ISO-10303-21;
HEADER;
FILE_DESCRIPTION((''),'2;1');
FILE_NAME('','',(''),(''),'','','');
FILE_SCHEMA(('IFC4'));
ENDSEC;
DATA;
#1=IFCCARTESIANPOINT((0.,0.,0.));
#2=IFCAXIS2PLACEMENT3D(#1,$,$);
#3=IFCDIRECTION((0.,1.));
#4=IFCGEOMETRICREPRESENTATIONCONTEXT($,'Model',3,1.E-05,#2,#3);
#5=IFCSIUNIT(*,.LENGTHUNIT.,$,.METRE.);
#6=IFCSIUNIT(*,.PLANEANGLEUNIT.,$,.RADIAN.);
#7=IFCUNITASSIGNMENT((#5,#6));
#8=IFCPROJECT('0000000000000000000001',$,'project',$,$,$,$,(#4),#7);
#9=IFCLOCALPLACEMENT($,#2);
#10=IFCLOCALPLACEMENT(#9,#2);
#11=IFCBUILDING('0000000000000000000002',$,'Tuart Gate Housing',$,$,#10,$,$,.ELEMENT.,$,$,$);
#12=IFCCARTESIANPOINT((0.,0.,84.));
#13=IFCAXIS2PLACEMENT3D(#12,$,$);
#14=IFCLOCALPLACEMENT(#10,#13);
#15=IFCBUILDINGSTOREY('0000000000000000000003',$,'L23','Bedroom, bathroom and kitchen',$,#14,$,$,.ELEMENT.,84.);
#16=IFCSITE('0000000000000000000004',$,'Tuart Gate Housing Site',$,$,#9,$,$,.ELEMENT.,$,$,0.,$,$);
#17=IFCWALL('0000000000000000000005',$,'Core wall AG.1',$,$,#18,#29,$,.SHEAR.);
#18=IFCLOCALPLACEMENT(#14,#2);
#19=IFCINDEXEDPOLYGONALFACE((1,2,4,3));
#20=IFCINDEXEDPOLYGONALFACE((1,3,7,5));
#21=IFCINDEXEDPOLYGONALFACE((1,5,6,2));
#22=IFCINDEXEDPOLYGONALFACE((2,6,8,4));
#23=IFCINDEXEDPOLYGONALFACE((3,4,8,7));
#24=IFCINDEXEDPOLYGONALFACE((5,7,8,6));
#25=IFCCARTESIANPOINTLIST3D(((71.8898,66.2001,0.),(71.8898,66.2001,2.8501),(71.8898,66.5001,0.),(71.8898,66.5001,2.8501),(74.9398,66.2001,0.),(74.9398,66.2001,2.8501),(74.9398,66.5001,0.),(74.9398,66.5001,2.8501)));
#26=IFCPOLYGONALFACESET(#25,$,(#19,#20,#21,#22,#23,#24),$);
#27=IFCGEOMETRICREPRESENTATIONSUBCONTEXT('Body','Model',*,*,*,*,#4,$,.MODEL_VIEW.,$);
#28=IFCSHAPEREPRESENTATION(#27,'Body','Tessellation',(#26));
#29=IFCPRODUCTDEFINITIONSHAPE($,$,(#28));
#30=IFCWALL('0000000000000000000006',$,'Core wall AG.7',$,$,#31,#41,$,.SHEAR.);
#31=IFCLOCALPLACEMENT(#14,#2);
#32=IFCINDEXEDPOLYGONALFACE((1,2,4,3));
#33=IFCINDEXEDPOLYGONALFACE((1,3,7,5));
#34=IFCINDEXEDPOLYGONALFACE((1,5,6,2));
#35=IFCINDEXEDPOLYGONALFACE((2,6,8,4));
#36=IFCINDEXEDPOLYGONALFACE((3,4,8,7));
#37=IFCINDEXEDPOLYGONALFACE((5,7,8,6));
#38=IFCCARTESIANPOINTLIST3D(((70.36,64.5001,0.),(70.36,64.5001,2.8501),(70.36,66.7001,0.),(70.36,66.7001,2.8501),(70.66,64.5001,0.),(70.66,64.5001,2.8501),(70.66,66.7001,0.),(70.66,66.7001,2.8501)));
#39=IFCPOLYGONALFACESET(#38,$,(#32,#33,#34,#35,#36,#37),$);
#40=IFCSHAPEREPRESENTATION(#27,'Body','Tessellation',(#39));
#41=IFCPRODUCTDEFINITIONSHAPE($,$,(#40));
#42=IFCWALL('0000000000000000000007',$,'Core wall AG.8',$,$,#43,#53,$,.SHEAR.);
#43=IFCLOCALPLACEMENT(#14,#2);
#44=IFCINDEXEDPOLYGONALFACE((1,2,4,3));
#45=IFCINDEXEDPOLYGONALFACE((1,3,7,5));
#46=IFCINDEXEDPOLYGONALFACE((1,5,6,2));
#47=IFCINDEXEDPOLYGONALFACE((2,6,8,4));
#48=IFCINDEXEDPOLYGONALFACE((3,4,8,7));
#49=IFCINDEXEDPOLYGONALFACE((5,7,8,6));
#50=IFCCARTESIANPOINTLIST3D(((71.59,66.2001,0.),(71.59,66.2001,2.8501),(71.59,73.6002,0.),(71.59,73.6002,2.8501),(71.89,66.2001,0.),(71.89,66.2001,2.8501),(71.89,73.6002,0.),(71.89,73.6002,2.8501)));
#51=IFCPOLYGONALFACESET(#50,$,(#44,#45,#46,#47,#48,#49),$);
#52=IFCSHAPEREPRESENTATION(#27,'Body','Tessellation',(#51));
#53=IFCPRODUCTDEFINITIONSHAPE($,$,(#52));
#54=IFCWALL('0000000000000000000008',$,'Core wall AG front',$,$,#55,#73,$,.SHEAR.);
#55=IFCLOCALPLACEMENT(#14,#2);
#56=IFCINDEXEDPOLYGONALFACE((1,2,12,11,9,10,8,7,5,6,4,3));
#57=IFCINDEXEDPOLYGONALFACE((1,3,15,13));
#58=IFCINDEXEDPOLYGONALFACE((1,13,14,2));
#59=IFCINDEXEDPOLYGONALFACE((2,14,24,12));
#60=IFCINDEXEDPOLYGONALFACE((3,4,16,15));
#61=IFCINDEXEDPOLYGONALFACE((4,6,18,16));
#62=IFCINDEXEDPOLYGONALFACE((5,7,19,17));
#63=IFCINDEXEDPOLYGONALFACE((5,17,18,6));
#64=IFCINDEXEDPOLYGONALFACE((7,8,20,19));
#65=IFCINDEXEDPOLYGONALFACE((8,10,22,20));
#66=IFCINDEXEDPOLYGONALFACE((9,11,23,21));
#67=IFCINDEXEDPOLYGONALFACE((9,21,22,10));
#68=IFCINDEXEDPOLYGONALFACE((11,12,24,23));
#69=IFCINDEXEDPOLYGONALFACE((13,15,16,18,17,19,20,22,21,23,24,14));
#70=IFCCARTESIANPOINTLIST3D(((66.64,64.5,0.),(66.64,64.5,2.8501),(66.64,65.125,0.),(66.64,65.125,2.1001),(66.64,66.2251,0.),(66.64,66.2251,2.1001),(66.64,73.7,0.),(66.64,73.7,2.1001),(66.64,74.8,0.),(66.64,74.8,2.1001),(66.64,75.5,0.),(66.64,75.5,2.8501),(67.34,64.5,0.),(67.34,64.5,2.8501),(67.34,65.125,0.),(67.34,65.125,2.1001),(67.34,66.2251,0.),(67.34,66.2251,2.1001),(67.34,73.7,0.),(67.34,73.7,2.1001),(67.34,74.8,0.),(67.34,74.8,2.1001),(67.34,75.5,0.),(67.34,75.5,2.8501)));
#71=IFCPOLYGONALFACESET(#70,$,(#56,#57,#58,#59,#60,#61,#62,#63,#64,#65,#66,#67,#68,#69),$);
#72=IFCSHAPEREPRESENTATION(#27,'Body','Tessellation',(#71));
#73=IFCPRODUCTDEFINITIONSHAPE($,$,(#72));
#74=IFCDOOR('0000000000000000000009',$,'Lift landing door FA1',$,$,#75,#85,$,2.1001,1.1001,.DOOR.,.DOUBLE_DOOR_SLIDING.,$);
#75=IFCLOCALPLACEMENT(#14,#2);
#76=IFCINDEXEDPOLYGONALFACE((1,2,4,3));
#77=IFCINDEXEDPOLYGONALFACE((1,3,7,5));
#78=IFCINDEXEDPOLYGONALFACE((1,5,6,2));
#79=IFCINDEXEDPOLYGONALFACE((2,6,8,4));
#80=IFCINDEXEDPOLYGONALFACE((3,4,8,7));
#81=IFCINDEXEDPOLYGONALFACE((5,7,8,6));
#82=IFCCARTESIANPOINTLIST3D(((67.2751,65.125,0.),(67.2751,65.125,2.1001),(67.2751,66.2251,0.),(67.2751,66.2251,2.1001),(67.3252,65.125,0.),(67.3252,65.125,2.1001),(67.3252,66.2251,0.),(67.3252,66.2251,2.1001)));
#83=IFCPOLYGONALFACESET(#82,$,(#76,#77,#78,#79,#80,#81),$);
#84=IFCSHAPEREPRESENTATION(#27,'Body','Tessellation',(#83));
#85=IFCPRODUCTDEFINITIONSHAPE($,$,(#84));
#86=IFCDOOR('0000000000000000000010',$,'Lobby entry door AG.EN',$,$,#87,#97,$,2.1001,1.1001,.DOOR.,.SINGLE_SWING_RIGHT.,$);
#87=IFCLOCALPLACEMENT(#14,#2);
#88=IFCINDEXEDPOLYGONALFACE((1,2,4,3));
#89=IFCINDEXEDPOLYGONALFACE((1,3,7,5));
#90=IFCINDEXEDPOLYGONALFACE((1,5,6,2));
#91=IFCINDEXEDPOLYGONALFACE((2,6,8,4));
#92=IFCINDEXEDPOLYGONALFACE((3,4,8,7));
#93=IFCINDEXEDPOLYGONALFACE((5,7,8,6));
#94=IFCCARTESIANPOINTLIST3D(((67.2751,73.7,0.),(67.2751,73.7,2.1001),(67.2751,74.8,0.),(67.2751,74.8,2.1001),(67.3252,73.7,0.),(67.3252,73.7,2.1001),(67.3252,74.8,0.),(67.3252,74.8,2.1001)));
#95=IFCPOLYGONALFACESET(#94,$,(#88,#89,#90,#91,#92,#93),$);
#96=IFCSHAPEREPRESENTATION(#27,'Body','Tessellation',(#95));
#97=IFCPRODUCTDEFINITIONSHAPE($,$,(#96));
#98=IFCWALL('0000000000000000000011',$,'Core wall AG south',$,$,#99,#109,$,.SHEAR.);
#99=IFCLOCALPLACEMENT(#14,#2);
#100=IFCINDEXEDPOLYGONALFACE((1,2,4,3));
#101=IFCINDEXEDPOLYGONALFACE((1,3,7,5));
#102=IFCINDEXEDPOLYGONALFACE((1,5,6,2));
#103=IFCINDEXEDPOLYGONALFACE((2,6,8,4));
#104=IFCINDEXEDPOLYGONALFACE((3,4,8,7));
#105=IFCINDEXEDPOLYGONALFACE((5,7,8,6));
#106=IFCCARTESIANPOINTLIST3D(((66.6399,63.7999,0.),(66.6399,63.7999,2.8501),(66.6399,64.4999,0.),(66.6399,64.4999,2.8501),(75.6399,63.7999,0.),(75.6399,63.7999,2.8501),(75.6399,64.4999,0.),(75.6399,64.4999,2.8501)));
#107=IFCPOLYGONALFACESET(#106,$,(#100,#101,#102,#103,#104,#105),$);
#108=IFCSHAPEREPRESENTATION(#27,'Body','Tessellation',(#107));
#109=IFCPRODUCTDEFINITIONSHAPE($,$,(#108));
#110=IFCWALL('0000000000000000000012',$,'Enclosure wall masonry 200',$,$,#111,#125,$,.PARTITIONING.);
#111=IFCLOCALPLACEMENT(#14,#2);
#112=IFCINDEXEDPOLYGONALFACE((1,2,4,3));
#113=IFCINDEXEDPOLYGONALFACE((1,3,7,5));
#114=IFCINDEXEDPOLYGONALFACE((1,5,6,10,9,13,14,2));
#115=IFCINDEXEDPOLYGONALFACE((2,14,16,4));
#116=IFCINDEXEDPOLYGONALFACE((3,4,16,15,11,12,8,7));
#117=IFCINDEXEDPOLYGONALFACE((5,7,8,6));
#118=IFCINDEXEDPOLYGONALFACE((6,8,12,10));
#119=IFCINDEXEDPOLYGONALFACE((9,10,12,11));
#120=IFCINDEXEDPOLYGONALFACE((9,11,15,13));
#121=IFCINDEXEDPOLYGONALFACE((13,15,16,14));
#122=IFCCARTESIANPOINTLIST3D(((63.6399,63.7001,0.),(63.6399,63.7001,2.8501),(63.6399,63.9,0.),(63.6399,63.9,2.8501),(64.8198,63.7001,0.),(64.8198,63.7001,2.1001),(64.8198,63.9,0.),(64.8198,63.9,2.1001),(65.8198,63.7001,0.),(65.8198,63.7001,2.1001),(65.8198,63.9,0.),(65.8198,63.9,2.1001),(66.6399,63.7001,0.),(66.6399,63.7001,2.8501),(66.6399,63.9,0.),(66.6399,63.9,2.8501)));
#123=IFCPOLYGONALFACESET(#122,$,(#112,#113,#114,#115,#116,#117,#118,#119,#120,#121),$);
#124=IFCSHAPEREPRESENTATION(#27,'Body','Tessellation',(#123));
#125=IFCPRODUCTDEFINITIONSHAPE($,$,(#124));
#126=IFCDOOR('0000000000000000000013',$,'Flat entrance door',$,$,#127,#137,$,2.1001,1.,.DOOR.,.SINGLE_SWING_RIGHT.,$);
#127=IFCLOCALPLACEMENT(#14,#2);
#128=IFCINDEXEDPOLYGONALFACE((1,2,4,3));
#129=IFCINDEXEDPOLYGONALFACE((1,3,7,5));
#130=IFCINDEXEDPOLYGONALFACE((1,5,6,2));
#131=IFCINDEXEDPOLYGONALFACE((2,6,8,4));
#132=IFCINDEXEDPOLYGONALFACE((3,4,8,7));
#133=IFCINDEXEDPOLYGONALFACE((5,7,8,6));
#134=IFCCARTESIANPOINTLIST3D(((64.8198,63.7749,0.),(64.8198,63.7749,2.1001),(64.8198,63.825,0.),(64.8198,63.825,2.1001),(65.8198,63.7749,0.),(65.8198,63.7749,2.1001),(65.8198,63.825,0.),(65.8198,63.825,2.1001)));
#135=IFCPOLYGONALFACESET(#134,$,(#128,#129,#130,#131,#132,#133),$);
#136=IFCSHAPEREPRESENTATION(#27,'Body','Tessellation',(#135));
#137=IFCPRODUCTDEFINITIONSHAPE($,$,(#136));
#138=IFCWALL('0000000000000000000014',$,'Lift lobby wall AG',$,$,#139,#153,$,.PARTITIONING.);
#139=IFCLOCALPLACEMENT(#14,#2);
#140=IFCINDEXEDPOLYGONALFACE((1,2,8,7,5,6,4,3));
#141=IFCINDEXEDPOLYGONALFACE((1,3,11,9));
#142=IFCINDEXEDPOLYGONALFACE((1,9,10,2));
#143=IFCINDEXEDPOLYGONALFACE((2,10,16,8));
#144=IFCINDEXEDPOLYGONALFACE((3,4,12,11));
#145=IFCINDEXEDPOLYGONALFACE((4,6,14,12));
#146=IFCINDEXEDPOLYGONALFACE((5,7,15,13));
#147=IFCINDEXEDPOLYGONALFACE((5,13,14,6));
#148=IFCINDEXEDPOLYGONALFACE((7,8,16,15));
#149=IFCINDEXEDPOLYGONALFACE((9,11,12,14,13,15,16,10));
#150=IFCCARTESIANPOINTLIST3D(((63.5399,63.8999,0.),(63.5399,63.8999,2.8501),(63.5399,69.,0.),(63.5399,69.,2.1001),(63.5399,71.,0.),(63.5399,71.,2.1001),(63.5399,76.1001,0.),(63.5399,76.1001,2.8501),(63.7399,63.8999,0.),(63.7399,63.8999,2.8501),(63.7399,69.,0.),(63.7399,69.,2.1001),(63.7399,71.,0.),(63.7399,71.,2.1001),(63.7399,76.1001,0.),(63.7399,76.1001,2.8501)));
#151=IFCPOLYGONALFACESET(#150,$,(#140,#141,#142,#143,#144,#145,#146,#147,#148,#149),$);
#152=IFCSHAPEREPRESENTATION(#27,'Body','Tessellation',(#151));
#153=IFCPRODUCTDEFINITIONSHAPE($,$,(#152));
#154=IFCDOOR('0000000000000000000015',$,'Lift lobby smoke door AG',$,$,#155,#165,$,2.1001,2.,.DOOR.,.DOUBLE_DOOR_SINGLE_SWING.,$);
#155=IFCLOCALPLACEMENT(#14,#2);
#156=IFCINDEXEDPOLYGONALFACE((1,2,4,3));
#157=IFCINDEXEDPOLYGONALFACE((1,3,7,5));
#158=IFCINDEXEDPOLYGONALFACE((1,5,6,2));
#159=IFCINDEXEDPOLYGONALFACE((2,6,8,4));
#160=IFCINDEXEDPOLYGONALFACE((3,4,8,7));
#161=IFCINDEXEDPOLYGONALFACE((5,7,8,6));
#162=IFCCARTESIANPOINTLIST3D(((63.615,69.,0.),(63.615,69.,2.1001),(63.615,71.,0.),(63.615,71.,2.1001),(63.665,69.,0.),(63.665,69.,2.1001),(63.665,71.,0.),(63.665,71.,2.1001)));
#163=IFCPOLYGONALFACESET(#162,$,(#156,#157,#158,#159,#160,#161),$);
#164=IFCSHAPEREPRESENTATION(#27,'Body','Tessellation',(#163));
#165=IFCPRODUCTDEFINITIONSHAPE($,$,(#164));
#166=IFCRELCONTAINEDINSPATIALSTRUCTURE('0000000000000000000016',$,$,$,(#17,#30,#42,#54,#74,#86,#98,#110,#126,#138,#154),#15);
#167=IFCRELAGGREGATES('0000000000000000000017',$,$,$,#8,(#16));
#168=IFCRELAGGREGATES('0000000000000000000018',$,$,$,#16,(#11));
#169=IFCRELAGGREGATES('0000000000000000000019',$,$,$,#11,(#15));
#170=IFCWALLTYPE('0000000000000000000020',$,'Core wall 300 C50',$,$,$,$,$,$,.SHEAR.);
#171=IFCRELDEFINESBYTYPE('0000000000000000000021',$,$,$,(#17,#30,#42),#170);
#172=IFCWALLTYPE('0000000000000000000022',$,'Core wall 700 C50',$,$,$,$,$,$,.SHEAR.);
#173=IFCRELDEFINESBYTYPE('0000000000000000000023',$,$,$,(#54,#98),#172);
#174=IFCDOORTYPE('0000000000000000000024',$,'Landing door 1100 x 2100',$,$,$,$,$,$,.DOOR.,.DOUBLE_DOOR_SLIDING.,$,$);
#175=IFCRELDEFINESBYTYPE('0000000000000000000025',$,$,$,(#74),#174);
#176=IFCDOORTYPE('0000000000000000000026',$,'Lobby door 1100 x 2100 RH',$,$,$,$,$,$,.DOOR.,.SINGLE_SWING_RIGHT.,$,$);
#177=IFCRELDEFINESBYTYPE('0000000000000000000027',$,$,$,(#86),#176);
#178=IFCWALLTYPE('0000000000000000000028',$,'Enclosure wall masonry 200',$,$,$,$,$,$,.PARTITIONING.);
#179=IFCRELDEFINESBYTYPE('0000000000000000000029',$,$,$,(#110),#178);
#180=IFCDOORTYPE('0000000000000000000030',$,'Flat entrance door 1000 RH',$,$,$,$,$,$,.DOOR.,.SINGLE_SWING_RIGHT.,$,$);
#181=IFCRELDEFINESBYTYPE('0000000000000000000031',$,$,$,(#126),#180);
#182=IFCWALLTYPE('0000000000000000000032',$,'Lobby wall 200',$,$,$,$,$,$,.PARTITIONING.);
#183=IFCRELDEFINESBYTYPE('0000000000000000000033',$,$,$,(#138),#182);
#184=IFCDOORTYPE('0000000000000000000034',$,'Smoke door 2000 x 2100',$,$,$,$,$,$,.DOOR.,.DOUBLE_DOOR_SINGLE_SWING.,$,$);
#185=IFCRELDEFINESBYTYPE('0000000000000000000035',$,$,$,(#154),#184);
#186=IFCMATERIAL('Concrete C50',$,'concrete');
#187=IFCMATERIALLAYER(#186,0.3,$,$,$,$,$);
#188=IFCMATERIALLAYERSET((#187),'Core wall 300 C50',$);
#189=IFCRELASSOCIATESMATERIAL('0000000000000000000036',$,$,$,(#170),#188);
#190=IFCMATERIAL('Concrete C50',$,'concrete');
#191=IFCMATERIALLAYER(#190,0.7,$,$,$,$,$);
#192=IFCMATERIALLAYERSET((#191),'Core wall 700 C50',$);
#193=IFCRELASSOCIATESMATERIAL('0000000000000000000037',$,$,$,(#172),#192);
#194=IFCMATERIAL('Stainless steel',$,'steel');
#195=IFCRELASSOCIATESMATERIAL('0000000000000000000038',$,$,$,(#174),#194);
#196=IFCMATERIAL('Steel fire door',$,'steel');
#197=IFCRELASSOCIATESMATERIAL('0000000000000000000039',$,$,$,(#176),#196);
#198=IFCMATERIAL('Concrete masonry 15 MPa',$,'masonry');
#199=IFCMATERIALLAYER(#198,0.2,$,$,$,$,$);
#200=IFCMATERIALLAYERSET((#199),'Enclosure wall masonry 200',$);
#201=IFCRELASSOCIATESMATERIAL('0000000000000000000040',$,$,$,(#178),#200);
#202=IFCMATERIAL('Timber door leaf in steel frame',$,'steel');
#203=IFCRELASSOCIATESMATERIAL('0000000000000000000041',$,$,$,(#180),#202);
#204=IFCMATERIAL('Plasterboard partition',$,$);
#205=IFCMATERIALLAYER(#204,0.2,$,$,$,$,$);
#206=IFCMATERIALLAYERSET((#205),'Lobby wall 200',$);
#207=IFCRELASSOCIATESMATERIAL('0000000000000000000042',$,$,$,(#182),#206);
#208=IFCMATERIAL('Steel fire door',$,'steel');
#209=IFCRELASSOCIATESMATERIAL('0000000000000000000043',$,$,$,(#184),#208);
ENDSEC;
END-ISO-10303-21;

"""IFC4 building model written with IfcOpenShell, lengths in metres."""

from ifc_helpers import new_model, si_unit, direction, frame, frame_2d, origin, place, context, subcontext, project, spatial, rectangle, extrude, material, layer, layer_set, type_object, element, fill, save


model = new_model("IFC4")

# Units and contexts
model_context = context("Model", 3, precision=1e-05, world=origin(), true_north=direction((0.0, 1.0)))
body_context = subcontext(model_context, "Body", "Model", "MODEL_VIEW")
ifc_project = project(units=[si_unit("LENGTHUNIT", "METRE"), si_unit("PLANEANGLEUNIT", "RADIAN")], contexts=[model_context])

# Site, building, storey
site_placement = place(None, origin())
site = spatial("IfcSite", under=ifc_project, at=site_placement, Name="Tuart Gate Housing Site", CompositionType="ELEMENT", RefElevation=0.0)
building_placement = place(site_placement, origin())
building = spatial("IfcBuilding", under=site, at=building_placement, Name="Tuart Gate Housing", CompositionType="ELEMENT")
storey_placement = place(building_placement, frame((0.0, 0.0, 84.0)))
storey = spatial("IfcBuildingStorey", under=building, at=storey_placement, Name="L23", Description="Bedroom, bathroom and kitchen", CompositionType="ELEMENT", Elevation=84.0)

# Walls
ifc_material_1 = material(Name="Concrete C50", Category="concrete")
ifc_layer_1 = layer(ifc_material_1, 0.3)
ifc_layer_set_1 = layer_set([ifc_layer_1], Name="Core wall 300 C50")
wall_type_1 = type_object("IfcWallType", Name="Core wall 300 C50", PredefinedType="SHEAR", material=ifc_layer_set_1)
wall_1_placement = place(storey_placement, frame((71.8899, 66.3501, 0.0), z_axis=(0.0, 0.0, 1.0), x_axis=(1.0, 0.0, 0.0)))
element("IfcWall", 1, at=wall_1_placement, inside=storey, type_object=wall_type_1, Name="Core wall AG.1", PredefinedType="SHEAR", context=body_context, shape_type="SweptSolid", body=[
    extrude(rectangle(XDim=3.05, YDim=0.3, at=frame_2d((1.5249, 0.0))), origin(), (0.0, 0.0, 1.0), 2.8501),
])
wall_2_placement = place(storey_placement, frame((70.51, 64.5, 0.0), z_axis=(0.0, 0.0, 1.0), x_axis=(0.0, 1.0, 0.0)))
element("IfcWall", 2, at=wall_2_placement, inside=storey, type_object=wall_type_1, Name="Core wall AG.7", PredefinedType="SHEAR", context=body_context, shape_type="SweptSolid", body=[
    extrude(rectangle(XDim=2.2, YDim=0.3, at=frame_2d((1.1001, 0.0))), origin(), (0.0, 0.0, 1.0), 2.8501),
])
wall_3_placement = place(storey_placement, frame((71.74, 66.2, 0.0), z_axis=(0.0, 0.0, 1.0), x_axis=(0.0, 1.0, 0.0)))
element("IfcWall", 3, at=wall_3_placement, inside=storey, type_object=wall_type_1, Name="Core wall AG.8", PredefinedType="SHEAR", context=body_context, shape_type="SweptSolid", body=[
    extrude(rectangle(XDim=7.4001, YDim=0.3, at=frame_2d((3.7002, 0.0))), origin(), (0.0, 0.0, 1.0), 2.8501),
])

# Wall, openings, doors
ifc_material_2 = material(Name="Concrete C50", Category="concrete")
ifc_layer_2 = layer(ifc_material_2, 0.7)
ifc_layer_set_2 = layer_set([ifc_layer_2], Name="Core wall 700 C50")
wall_type_2 = type_object("IfcWallType", Name="Core wall 700 C50", PredefinedType="SHEAR", material=ifc_layer_set_2)
wall_4_placement = place(storey_placement, frame((66.99, 64.5, 0.0), z_axis=(0.0, 0.0, 1.0), x_axis=(0.0, 1.0, 0.0)))
wall_4 = element("IfcWall", 4, at=wall_4_placement, inside=storey, type_object=wall_type_2, Name="Core wall AG front", PredefinedType="SHEAR", context=body_context, shape_type="SweptSolid", body=[
    extrude(rectangle(XDim=11.0, YDim=0.7, at=frame_2d((5.5, 0.0))), origin(), (0.0, 0.0, 1.0), 2.8501),
])
opening_1_placement = place(wall_4_placement, frame((0.625, 0.0, 0.0)))
opening_1 = element("IfcOpeningElement", 5, at=opening_1_placement, cuts=wall_4, PredefinedType="OPENING", context=body_context, shape_type="SweptSolid", body=[
    extrude(rectangle(XDim=1.1001, YDim=2.1001, at=frame_2d((0.55, 1.05))), frame((0.0, 0.3599, 0.0), z_axis=(0.0, -1.0, 0.0), x_axis=(1.0, 0.0, 0.0)), (0.0, 0.0, 1.0), 0.72),
])
opening_2_placement = place(wall_4_placement, frame((9.2, 0.0, 0.0)))
opening_2 = element("IfcOpeningElement", 6, at=opening_2_placement, cuts=wall_4, PredefinedType="OPENING", context=body_context, shape_type="SweptSolid", body=[
    extrude(rectangle(XDim=1.1001, YDim=2.1001, at=frame_2d((0.55, 1.05))), frame((0.0, 0.3599, 0.0), z_axis=(0.0, -1.0, 0.0), x_axis=(1.0, 0.0, 0.0)), (0.0, 0.0, 1.0), 0.72),
])
ifc_material_3 = material(Name="Stainless steel", Category="steel")
door_type_1 = type_object("IfcDoorType", Name="Landing door 1100 x 2100", OperationType="DOUBLE_DOOR_SLIDING", PredefinedType="DOOR", material=ifc_material_3)
door_1_placement = place(opening_1_placement, origin())
door_1 = element("IfcDoor", 7, at=door_1_placement, inside=storey, type_object=door_type_1, Name="Lift landing door FA1", OperationType="DOUBLE_DOOR_SLIDING", OverallHeight=2.1001, OverallWidth=1.1001, PredefinedType="DOOR", context=body_context, shape_type="SweptSolid", body=[
    extrude(rectangle(XDim=1.1001, YDim=2.1001, at=frame_2d((0.55, 1.05))), frame((0.0, -0.2852, 0.0), z_axis=(0.0, -1.0, 0.0), x_axis=(1.0, 0.0, 0.0)), (0.0, 0.0, 1.0), 0.05),
])
fill(opening_1, door_1)
ifc_material_4 = material(Name="Steel fire door", Category="steel")
door_type_2 = type_object("IfcDoorType", Name="Lobby door 1100 x 2100 RH", OperationType="SINGLE_SWING_RIGHT", PredefinedType="DOOR", material=ifc_material_4)
door_2_placement = place(opening_2_placement, frame((1.1001, 0.0, 0.0), z_axis=(0.0, 0.0, 1.0), x_axis=(-1.0, 0.0, 0.0)))
door_2 = element("IfcDoor", 8, at=door_2_placement, inside=storey, type_object=door_type_2, Name="Lobby entry door AG.EN", OperationType="SINGLE_SWING_RIGHT", OverallHeight=2.1001, OverallWidth=1.1001, PredefinedType="DOOR", context=body_context, shape_type="SweptSolid", body=[
    extrude(rectangle(XDim=1.1001, YDim=2.1001, at=frame_2d((0.55, 1.05))), frame((0.0, 0.3352, 0.0), z_axis=(0.0, -1.0, 0.0), x_axis=(1.0, 0.0, 0.0)), (0.0, 0.0, 1.0), 0.05),
])
fill(opening_2, door_2)

# Wall
wall_5_placement = place(storey_placement, frame((66.6399, 64.1499, 0.0), z_axis=(0.0, 0.0, 1.0), x_axis=(1.0, 0.0, 0.0)))
element("IfcWall", 9, at=wall_5_placement, inside=storey, type_object=wall_type_2, Name="Core wall AG south", PredefinedType="SHEAR", context=body_context, shape_type="SweptSolid", body=[
    extrude(rectangle(XDim=9.0, YDim=0.7, at=frame_2d((4.5, 0.0))), origin(), (0.0, 0.0, 1.0), 2.8501),
])

# Walls, openings, doors
ifc_material_5 = material(Name="Concrete masonry 15 MPa", Category="masonry")
ifc_layer_3 = layer(ifc_material_5, 0.2)
ifc_layer_set_3 = layer_set([ifc_layer_3], Name="Enclosure wall masonry 200")
wall_type_3 = type_object("IfcWallType", Name="Enclosure wall masonry 200", PredefinedType="PARTITIONING", material=ifc_layer_set_3)
wall_6_placement = place(storey_placement, frame((63.6399, 63.8, 0.0), z_axis=(0.0, 0.0, 1.0), x_axis=(1.0, 0.0, 0.0)))
wall_6 = element("IfcWall", 10, at=wall_6_placement, inside=storey, type_object=wall_type_3, Name="Enclosure wall masonry 200", PredefinedType="PARTITIONING", context=body_context, shape_type="SweptSolid", body=[
    extrude(rectangle(XDim=3.0, YDim=0.2, at=frame_2d((1.5, 0.0))), origin(), (0.0, 0.0, 1.0), 2.8501),
])
opening_3_placement = place(wall_6_placement, frame((1.1799, 0.0, 0.0)))
opening_3 = element("IfcOpeningElement", 11, at=opening_3_placement, cuts=wall_6, PredefinedType="OPENING", context=body_context, shape_type="SweptSolid", body=[
    extrude(rectangle(XDim=1.0, YDim=2.1001, at=frame_2d((0.5, 1.05))), frame((0.0, 0.1099, 0.0), z_axis=(0.0, -1.0, 0.0), x_axis=(1.0, 0.0, 0.0)), (0.0, 0.0, 1.0), 0.22),
])
ifc_material_6 = material(Name="Timber door leaf in steel frame", Category="steel")
door_type_3 = type_object("IfcDoorType", Name="Flat entrance door 1000 RH", OperationType="SINGLE_SWING_RIGHT", PredefinedType="DOOR", material=ifc_material_6)
door_3_placement = place(opening_3_placement, frame((1.0, 0.0, 0.0), z_axis=(0.0, 0.0, 1.0), x_axis=(-1.0, 0.0, 0.0)))
door_3 = element("IfcDoor", 12, at=door_3_placement, inside=storey, type_object=door_type_3, Name="Flat entrance door", OperationType="SINGLE_SWING_RIGHT", OverallHeight=2.1001, OverallWidth=1.0, PredefinedType="DOOR", context=body_context, shape_type="SweptSolid", body=[
    extrude(rectangle(XDim=1.0, YDim=2.1001, at=frame_2d((0.5, 1.05))), frame((0.0, 0.0251, 0.0), z_axis=(0.0, -1.0, 0.0), x_axis=(1.0, 0.0, 0.0)), (0.0, 0.0, 1.0), 0.05),
])
fill(opening_3, door_3)
ifc_material_7 = material(Name="Plasterboard partition")
ifc_layer_4 = layer(ifc_material_7, 0.2)
ifc_layer_set_4 = layer_set([ifc_layer_4], Name="Lobby wall 200")
wall_type_4 = type_object("IfcWallType", Name="Lobby wall 200", PredefinedType="PARTITIONING", material=ifc_layer_set_4)
wall_7_placement = place(storey_placement, frame((63.6399, 63.8999, 0.0), z_axis=(0.0, 0.0, 1.0), x_axis=(0.0, 1.0, 0.0)))
wall_7 = element("IfcWall", 13, at=wall_7_placement, inside=storey, type_object=wall_type_4, Name="Lift lobby wall AG", PredefinedType="PARTITIONING", context=body_context, shape_type="SweptSolid", body=[
    extrude(rectangle(XDim=12.2002, YDim=0.2, at=frame_2d((6.1001, 0.0))), origin(), (0.0, 0.0, 1.0), 2.8501),
])
opening_4_placement = place(wall_7_placement, frame((5.1001, 0.0, 0.0)))
opening_4 = element("IfcOpeningElement", 14, at=opening_4_placement, cuts=wall_7, PredefinedType="OPENING", context=body_context, shape_type="SweptSolid", body=[
    extrude(rectangle(XDim=2.0, YDim=2.1001, at=frame_2d((1.0, 1.05))), frame((0.0, 0.1099, 0.0), z_axis=(0.0, -1.0, 0.0), x_axis=(1.0, 0.0, 0.0)), (0.0, 0.0, 1.0), 0.22),
])
ifc_material_8 = material(Name="Steel fire door", Category="steel")
door_type_4 = type_object("IfcDoorType", Name="Smoke door 2000 x 2100", OperationType="DOUBLE_DOOR_SINGLE_SWING", PredefinedType="DOOR", material=ifc_material_8)
door_4_placement = place(opening_4_placement, frame((2.0, 0.0, 0.0), z_axis=(0.0, 0.0, 1.0), x_axis=(-1.0, 0.0, 0.0)))
door_4 = element("IfcDoor", 15, at=door_4_placement, inside=storey, type_object=door_type_4, Name="Lift lobby smoke door AG", OperationType="DOUBLE_DOOR_SINGLE_SWING", OverallHeight=2.1001, OverallWidth=2.0, PredefinedType="DOOR", context=body_context, shape_type="SweptSolid", body=[
    extrude(rectangle(XDim=2.0, YDim=2.1001, at=frame_2d((1.0, 1.05))), frame((0.0, 0.0251, 0.0), z_axis=(0.0, -1.0, 0.0), x_axis=(1.0, 0.0, 0.0)), (0.0, 0.0, 1.0), 0.05),
])
fill(opening_4, door_4)

save(model, "model.ifc")
